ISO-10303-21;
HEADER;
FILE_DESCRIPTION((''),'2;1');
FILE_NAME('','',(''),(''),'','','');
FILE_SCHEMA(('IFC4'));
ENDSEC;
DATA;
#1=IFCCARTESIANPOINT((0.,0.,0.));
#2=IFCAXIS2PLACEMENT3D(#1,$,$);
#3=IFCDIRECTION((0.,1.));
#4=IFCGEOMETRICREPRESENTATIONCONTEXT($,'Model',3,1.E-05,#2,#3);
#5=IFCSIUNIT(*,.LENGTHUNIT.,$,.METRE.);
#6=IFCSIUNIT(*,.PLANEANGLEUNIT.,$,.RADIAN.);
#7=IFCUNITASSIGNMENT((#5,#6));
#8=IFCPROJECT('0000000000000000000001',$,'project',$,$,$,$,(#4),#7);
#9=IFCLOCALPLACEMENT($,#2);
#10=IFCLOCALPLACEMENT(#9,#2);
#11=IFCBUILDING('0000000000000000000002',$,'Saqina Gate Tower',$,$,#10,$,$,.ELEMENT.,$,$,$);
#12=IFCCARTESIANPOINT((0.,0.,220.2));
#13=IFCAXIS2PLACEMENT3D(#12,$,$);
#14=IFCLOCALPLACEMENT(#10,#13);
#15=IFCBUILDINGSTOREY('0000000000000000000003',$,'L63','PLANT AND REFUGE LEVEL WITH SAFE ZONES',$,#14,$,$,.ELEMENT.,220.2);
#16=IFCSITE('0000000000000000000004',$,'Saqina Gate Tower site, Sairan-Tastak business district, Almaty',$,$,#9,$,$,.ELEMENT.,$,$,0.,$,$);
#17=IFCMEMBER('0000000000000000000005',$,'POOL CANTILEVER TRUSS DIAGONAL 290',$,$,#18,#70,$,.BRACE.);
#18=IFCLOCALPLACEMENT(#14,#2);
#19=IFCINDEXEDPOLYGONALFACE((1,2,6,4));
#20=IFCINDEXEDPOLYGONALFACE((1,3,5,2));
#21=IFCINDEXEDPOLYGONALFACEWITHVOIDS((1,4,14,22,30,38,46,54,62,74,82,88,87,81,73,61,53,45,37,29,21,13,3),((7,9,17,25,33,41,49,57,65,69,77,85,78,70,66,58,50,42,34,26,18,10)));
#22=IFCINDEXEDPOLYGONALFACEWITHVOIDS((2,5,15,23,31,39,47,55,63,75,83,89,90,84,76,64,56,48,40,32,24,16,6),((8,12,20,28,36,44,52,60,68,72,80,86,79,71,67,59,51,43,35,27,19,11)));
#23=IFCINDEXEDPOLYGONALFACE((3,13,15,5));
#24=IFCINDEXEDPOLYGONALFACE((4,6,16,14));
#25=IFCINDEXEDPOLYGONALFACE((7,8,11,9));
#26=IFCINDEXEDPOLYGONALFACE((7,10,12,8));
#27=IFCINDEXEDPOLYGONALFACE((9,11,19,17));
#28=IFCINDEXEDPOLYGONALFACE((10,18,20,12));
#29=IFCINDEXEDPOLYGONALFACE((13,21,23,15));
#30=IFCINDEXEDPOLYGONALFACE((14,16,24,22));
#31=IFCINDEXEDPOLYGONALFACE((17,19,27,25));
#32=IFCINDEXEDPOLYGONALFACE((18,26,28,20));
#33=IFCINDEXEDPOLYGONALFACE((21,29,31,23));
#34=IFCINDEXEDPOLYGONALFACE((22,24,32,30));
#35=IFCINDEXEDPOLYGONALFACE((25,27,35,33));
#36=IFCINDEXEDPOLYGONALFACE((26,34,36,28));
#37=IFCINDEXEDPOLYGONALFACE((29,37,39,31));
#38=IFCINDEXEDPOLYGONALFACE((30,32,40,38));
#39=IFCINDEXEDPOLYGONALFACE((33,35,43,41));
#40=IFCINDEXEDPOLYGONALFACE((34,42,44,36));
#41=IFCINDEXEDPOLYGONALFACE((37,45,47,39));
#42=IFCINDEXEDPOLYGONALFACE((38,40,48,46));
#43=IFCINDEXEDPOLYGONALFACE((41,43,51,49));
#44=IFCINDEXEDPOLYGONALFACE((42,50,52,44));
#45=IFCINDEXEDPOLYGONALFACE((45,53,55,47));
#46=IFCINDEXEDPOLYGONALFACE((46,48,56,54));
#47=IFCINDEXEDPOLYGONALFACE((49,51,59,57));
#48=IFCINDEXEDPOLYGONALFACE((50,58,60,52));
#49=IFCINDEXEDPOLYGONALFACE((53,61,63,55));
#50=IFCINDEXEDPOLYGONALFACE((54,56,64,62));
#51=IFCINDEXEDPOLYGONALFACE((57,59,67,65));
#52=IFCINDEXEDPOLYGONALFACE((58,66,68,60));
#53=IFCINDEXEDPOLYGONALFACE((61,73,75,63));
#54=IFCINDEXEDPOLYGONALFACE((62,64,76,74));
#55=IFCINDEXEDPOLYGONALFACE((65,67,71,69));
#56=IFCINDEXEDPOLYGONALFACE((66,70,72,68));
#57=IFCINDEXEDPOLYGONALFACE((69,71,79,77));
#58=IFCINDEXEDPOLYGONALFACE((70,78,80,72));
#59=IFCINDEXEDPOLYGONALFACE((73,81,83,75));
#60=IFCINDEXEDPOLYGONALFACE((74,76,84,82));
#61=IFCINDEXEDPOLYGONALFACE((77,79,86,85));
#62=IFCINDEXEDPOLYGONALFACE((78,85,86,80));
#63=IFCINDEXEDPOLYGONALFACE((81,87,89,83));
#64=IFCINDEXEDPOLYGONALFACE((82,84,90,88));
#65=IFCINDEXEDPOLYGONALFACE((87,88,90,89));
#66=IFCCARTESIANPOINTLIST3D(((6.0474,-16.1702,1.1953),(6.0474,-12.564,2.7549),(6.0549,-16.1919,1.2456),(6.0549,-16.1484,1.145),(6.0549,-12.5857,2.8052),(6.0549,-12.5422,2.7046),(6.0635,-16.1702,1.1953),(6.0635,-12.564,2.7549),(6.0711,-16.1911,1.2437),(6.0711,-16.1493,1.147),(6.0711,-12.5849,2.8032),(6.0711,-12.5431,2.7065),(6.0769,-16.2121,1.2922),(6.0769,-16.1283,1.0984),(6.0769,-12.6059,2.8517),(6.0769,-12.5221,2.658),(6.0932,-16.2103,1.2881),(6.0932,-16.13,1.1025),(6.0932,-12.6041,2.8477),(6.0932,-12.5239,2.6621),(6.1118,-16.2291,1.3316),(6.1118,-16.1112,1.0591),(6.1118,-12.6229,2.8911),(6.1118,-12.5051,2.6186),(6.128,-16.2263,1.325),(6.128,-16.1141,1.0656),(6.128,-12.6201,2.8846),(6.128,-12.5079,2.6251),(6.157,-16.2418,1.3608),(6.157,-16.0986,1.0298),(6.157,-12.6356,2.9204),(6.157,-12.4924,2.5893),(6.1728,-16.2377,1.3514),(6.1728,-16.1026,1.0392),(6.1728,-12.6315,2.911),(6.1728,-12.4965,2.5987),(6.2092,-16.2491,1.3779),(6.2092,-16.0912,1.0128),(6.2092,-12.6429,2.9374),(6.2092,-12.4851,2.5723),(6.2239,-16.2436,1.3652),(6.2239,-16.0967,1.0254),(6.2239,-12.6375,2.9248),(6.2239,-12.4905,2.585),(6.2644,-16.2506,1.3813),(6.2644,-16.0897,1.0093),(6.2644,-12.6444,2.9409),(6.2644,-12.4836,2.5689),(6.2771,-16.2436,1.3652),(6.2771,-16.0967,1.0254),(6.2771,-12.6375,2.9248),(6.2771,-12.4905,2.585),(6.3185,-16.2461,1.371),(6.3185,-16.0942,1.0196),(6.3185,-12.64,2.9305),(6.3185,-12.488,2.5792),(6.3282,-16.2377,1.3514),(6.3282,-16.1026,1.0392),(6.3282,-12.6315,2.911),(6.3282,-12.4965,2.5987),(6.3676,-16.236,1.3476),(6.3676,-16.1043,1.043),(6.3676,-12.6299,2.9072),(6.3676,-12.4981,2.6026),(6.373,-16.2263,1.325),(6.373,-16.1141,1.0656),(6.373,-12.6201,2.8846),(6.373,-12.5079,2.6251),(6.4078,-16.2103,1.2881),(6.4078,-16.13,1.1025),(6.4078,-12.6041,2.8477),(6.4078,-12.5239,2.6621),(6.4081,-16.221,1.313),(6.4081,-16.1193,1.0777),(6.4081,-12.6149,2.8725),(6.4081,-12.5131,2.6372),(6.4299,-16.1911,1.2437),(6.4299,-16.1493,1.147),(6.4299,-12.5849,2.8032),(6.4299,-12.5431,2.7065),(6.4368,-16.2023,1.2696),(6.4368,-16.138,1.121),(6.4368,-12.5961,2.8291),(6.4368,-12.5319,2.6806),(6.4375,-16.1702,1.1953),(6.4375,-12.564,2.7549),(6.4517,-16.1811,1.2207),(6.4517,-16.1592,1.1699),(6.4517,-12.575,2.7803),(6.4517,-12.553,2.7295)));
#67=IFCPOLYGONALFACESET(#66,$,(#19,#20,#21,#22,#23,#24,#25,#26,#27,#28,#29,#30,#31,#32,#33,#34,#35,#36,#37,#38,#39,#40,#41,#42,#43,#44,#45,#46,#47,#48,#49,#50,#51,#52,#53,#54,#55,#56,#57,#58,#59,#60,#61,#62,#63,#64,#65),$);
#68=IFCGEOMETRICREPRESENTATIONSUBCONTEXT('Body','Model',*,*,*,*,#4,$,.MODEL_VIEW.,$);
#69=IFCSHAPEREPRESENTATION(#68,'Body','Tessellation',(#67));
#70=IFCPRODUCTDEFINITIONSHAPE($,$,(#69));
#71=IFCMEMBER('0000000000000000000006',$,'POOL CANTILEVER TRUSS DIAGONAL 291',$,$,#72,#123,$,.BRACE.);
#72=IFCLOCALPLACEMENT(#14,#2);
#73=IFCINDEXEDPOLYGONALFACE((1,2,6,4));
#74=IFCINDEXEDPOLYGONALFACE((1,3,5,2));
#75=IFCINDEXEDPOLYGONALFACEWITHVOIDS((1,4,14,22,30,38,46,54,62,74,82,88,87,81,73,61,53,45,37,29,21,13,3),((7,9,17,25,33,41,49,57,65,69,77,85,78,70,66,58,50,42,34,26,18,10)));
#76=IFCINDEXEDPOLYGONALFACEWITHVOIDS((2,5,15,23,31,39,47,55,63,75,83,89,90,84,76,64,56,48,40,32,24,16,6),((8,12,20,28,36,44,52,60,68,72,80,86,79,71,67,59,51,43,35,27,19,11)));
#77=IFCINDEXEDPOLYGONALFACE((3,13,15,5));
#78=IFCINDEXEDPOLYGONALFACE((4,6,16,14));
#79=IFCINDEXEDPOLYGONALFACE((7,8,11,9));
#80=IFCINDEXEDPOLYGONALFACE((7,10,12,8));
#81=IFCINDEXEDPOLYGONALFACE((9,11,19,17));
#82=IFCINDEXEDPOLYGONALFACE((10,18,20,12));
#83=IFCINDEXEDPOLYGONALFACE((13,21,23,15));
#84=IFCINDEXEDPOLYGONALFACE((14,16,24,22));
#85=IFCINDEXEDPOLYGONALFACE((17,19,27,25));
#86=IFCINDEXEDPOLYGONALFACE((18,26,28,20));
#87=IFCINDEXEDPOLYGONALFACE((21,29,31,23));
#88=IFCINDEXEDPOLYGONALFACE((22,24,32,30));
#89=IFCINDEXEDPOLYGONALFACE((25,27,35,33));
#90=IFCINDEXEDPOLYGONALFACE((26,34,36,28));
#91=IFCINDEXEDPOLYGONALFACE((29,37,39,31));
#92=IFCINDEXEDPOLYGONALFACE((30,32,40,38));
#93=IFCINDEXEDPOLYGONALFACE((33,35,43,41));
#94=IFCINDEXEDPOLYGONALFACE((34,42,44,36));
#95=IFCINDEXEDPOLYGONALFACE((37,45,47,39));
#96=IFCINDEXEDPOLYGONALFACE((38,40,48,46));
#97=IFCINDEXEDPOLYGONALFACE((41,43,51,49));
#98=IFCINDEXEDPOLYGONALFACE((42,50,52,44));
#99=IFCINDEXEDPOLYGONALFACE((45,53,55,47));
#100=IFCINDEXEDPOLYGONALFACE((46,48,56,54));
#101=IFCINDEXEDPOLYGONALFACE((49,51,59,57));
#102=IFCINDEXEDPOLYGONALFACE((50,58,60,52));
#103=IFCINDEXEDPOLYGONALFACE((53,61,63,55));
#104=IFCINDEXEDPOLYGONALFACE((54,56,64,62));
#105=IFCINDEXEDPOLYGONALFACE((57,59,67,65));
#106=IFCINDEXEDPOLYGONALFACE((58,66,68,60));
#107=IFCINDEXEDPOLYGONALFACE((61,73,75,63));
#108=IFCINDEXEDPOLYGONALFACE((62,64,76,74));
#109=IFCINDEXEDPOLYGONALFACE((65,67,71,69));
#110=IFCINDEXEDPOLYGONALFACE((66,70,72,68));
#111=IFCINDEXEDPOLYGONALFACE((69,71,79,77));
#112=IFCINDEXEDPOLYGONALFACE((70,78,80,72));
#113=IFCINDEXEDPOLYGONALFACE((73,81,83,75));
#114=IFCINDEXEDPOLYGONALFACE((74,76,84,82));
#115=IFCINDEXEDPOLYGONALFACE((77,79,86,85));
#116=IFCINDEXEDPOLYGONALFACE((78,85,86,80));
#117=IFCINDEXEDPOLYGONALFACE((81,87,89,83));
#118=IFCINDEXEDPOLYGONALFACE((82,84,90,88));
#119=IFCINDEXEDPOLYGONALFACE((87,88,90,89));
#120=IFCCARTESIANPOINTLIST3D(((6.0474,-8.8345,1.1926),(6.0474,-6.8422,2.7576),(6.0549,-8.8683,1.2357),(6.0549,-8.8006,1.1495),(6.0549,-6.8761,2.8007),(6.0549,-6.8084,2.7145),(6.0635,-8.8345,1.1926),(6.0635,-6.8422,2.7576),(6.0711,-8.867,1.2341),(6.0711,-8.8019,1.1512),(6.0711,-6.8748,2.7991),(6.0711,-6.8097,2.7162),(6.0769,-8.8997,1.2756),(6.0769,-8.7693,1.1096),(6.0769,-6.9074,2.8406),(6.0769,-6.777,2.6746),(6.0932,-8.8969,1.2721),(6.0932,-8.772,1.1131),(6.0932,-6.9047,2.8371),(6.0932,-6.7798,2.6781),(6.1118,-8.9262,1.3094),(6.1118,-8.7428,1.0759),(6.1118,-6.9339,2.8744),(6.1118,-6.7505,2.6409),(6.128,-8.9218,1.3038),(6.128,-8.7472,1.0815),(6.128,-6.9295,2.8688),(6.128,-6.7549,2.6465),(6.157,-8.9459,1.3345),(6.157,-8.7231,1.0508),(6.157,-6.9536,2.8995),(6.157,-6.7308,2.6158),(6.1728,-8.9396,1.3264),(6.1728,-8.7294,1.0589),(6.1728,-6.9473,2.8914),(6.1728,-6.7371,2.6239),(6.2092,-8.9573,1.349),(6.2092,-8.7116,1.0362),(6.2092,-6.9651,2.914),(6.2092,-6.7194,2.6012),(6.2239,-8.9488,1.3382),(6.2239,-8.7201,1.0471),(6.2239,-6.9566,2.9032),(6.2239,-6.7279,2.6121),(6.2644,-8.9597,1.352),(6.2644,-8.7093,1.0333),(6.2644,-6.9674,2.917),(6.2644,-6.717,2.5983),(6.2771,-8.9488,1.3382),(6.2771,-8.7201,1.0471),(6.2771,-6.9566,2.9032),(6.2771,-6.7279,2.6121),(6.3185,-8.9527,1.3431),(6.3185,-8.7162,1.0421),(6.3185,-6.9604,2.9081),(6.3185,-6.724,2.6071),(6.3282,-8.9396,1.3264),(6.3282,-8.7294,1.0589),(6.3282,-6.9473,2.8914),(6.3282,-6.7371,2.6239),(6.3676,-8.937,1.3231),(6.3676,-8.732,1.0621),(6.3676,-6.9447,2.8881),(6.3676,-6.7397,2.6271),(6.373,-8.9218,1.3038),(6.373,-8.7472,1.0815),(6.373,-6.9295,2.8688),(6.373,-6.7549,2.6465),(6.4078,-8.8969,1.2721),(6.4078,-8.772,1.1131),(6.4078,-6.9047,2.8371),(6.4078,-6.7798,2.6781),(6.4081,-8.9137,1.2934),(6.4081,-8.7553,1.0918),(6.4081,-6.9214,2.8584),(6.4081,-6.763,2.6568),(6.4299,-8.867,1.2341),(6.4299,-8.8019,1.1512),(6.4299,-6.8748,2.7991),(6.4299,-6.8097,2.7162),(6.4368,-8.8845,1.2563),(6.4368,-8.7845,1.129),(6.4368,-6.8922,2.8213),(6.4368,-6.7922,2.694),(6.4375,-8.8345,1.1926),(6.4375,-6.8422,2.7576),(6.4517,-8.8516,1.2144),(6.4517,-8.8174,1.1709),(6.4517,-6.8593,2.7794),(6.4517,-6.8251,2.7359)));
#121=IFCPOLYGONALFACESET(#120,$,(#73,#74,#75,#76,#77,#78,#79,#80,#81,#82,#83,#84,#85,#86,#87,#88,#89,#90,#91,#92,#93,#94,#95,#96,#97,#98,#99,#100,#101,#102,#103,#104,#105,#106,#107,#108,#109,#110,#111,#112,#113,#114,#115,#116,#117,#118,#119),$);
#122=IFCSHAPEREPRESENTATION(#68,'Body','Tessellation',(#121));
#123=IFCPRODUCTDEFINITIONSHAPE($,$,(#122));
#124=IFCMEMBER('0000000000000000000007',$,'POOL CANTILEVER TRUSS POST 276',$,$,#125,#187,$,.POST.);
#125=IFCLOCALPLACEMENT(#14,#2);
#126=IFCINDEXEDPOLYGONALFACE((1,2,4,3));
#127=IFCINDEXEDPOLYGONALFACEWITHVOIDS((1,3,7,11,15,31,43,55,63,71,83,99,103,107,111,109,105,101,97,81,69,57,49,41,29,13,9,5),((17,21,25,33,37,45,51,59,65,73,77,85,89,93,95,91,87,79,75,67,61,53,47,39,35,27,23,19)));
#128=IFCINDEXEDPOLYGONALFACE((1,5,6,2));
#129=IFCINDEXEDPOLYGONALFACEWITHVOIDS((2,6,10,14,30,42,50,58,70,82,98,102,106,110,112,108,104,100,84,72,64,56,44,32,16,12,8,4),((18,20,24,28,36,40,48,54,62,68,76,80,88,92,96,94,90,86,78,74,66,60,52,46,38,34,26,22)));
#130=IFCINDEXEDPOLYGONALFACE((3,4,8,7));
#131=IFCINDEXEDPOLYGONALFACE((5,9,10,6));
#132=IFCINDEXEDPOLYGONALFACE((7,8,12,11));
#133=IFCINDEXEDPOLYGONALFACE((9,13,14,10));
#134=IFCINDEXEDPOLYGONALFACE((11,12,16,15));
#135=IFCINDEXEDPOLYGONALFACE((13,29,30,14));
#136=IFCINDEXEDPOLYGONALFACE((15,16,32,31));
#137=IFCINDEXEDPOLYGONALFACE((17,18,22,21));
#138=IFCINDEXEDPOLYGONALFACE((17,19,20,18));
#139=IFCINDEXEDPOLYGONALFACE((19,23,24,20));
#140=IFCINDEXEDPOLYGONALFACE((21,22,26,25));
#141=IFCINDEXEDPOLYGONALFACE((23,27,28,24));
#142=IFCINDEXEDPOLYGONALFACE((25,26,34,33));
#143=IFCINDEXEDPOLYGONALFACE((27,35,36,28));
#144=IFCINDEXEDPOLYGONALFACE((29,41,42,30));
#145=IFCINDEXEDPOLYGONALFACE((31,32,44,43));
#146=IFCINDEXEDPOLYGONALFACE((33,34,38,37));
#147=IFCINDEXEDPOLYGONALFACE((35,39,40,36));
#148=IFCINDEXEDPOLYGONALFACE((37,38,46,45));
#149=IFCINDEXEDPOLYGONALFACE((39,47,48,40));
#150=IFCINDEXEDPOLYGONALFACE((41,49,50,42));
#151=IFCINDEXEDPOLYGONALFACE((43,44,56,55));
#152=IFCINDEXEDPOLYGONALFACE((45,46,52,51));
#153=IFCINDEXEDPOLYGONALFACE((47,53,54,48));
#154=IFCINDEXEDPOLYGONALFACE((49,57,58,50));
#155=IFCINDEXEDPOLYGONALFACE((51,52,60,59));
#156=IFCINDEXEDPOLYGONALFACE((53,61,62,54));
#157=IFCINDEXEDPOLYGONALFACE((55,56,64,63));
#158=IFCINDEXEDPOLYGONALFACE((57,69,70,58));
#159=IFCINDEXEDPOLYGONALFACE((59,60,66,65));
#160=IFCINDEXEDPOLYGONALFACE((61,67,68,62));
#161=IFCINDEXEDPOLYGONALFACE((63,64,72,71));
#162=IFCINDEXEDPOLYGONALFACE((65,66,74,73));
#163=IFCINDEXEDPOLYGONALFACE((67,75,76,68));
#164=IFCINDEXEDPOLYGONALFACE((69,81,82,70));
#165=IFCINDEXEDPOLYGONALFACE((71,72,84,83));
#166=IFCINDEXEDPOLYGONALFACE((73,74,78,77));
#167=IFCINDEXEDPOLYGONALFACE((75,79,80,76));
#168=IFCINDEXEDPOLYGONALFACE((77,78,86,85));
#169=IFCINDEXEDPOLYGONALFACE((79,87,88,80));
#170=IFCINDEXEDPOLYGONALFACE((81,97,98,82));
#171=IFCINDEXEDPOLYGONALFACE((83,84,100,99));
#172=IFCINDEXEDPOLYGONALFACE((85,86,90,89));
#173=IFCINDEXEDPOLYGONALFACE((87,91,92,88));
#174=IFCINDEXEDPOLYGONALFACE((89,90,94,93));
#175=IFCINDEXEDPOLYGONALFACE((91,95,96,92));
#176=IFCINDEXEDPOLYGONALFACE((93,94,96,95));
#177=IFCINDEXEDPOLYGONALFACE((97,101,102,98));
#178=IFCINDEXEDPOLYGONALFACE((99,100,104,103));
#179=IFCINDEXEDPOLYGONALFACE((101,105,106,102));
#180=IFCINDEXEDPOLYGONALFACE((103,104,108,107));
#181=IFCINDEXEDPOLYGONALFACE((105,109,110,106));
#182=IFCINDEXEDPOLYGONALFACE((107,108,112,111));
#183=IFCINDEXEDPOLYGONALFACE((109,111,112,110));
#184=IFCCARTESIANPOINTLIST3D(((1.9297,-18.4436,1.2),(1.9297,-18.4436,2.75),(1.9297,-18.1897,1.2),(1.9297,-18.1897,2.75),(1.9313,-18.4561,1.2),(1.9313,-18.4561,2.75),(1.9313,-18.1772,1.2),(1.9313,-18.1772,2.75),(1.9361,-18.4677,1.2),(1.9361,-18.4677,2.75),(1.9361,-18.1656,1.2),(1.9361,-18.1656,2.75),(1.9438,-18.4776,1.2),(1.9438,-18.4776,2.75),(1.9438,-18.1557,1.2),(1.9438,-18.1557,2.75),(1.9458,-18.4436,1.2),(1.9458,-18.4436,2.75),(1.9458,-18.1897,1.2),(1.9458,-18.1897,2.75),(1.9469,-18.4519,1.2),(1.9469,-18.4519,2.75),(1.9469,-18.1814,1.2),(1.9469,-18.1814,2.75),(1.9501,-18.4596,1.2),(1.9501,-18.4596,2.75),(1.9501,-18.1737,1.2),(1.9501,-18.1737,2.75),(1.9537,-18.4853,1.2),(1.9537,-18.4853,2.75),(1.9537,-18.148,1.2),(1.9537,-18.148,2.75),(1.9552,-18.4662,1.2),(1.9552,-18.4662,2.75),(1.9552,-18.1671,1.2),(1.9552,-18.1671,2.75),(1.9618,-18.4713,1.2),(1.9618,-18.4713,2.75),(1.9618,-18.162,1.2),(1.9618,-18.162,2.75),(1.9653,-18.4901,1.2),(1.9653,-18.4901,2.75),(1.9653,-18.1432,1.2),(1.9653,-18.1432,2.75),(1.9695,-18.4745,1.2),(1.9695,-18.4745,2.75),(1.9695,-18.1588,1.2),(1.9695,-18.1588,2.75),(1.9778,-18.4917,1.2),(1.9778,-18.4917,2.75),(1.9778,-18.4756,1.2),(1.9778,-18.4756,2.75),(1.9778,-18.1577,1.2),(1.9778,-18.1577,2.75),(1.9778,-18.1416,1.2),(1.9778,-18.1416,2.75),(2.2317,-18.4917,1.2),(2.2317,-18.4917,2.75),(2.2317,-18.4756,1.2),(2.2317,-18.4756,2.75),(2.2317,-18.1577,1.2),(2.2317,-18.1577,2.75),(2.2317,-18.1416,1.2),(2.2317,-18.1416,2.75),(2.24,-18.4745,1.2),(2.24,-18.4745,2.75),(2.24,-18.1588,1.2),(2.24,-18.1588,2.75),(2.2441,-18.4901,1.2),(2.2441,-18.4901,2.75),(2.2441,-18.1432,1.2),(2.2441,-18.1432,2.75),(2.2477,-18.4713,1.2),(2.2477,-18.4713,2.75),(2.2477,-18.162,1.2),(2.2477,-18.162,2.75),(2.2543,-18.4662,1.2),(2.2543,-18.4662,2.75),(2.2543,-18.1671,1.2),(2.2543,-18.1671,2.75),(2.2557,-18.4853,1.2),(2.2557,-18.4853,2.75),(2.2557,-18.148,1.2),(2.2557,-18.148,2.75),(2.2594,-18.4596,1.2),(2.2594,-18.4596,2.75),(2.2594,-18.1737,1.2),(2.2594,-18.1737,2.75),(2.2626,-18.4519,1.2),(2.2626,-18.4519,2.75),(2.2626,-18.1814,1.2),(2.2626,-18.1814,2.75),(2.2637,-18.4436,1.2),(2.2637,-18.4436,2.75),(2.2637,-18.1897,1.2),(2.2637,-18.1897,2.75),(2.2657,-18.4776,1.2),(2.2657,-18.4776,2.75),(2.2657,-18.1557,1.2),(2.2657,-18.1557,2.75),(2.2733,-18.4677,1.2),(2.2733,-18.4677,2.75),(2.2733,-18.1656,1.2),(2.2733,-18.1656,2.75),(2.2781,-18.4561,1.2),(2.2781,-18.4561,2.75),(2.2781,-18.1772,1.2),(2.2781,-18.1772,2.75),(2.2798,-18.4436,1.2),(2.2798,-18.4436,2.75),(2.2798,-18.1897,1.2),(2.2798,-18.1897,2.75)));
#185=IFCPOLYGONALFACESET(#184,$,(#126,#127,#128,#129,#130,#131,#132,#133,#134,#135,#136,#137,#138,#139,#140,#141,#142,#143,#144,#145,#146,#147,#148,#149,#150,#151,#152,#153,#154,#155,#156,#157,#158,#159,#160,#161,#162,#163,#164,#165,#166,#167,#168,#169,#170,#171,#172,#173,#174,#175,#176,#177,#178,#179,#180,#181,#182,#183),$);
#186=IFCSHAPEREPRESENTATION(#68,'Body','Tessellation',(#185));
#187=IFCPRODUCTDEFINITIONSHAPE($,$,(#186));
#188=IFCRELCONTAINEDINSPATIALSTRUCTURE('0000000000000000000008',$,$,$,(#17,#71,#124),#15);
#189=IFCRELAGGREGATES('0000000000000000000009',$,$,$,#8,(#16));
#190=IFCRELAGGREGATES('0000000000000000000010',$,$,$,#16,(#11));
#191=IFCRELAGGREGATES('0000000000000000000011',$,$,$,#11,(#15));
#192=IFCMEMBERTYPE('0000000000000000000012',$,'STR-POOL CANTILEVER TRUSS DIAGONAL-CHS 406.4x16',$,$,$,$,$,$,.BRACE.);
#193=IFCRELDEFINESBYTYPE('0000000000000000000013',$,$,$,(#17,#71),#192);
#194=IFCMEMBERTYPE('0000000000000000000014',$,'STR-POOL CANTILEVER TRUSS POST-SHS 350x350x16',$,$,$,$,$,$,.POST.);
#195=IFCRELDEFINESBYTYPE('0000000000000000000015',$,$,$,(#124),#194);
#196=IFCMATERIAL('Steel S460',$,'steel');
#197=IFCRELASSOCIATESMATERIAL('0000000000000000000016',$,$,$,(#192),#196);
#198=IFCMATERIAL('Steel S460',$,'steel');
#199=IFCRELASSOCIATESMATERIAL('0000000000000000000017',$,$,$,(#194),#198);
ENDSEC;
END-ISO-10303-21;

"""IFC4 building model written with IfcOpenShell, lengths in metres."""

from ifc_helpers import new_model, si_unit, direction, frame, origin, origin_2d, place, context, subcontext, project, spatial, hollow_rectangle, hollow_circle, extrude, material, material_profile, profile_set, type_object, element, save


model = new_model("IFC4")

# Units and contexts
model_context = context("Model", 3, precision=1e-05, world=origin(), true_north=direction((0.0, 1.0)))
body_context = subcontext(model_context, "Body", "Model", "MODEL_VIEW")
ifc_project = project(units=[si_unit("LENGTHUNIT", "METRE"), si_unit("PLANEANGLEUNIT", "RADIAN")], contexts=[model_context])

# Site, building, storey
site_placement = place(None, origin())
site = spatial("IfcSite", under=ifc_project, at=site_placement, Name="Saqina Gate Tower site, Sairan-Tastak business district, Almaty", CompositionType="ELEMENT", RefElevation=0.0)
building_placement = place(site_placement, origin())
building = spatial("IfcBuilding", under=site, at=building_placement, Name="Saqina Gate Tower", CompositionType="ELEMENT")
storey_placement = place(building_placement, frame((0.0, 0.0, 220.2)))
storey = spatial("IfcBuildingStorey", under=building, at=storey_placement, Name="L63", Description="PLANT AND REFUGE LEVEL WITH SAFE ZONES", CompositionType="ELEMENT", Elevation=220.2)

# Members
ifc_material_1 = material(Name="Steel S460", Category="steel")
ifc_material_profile_1 = material_profile(ifc_material_1, hollow_circle(Radius=0.2031, WallThickness=0.0161, at=origin_2d()), Name="CHS 406.4x16")
ifc_profile_set_1 = profile_set([ifc_material_profile_1], Name="Steel S460")
member_type_1 = type_object("IfcMemberType", Name="STR-POOL CANTILEVER TRUSS DIAGONAL-CHS 406.4x16", PredefinedType="BRACE", material=ifc_profile_set_1)
member_1_placement = place(storey_placement, frame((6.2505, -16.1702, 1.1953), z_axis=(0.0, 0.917845, 0.396939), x_axis=(-1.0, 0.0, 0.0)))
element("IfcMember", 1, at=member_1_placement, inside=storey, type_object=member_type_1, Name="POOL CANTILEVER TRUSS DIAGONAL 290", PredefinedType="BRACE", context=body_context, shape_type="SweptSolid", body=[
    extrude(hollow_circle(Radius=0.2031, WallThickness=0.0161, at=origin_2d()), origin(), (0.0, 0.0, 1.0), 3.929),
])
member_2_placement = place(storey_placement, frame((6.2505, -8.8345, 1.1926), z_axis=(0.0, 0.786385, 0.617736), x_axis=(-1.0, 0.0, 0.0)))
element("IfcMember", 2, at=member_2_placement, inside=storey, type_object=member_type_1, Name="POOL CANTILEVER TRUSS DIAGONAL 291", PredefinedType="BRACE", context=body_context, shape_type="SweptSolid", body=[
    extrude(hollow_circle(Radius=0.2031, WallThickness=0.0161, at=origin_2d()), origin(), (0.0, 0.0, 1.0), 2.5334),
])
ifc_material_2 = material(Name="Steel S460", Category="steel")
ifc_material_profile_2 = material_profile(ifc_material_2, hollow_rectangle(XDim=0.3501, YDim=0.3501, WallThickness=0.0161, InnerFilletRadius=0.032, OuterFilletRadius=0.0481, at=origin_2d()), Name="SHS 350x350x16")
ifc_profile_set_2 = profile_set([ifc_material_profile_2], Name="Steel S460")
member_type_2 = type_object("IfcMemberType", Name="STR-POOL CANTILEVER TRUSS POST-SHS 350x350x16", PredefinedType="POST", material=ifc_profile_set_2)
for number, where, z_axis, x_axis, name in (
    (3, (2.1047, -18.3167, 1.2), (0.0, 0.0, 1.0), (1.0, 0.0, 0.0), "POOL CANTILEVER TRUSS POST 276"),
):
    element("IfcMember", number, at=place(storey_placement, frame(where, z_axis=z_axis, x_axis=x_axis)), inside=storey, type_object=member_type_2, Name=name, PredefinedType="POST", context=body_context, shape_type="SweptSolid", body=[
        extrude(hollow_rectangle(XDim=0.3501, YDim=0.3501, WallThickness=0.0161, InnerFilletRadius=0.032, OuterFilletRadius=0.0481, at=origin_2d()), origin(), (0.0, 0.0, 1.0), 1.55),
    ])

save(model, "model.ifc")
